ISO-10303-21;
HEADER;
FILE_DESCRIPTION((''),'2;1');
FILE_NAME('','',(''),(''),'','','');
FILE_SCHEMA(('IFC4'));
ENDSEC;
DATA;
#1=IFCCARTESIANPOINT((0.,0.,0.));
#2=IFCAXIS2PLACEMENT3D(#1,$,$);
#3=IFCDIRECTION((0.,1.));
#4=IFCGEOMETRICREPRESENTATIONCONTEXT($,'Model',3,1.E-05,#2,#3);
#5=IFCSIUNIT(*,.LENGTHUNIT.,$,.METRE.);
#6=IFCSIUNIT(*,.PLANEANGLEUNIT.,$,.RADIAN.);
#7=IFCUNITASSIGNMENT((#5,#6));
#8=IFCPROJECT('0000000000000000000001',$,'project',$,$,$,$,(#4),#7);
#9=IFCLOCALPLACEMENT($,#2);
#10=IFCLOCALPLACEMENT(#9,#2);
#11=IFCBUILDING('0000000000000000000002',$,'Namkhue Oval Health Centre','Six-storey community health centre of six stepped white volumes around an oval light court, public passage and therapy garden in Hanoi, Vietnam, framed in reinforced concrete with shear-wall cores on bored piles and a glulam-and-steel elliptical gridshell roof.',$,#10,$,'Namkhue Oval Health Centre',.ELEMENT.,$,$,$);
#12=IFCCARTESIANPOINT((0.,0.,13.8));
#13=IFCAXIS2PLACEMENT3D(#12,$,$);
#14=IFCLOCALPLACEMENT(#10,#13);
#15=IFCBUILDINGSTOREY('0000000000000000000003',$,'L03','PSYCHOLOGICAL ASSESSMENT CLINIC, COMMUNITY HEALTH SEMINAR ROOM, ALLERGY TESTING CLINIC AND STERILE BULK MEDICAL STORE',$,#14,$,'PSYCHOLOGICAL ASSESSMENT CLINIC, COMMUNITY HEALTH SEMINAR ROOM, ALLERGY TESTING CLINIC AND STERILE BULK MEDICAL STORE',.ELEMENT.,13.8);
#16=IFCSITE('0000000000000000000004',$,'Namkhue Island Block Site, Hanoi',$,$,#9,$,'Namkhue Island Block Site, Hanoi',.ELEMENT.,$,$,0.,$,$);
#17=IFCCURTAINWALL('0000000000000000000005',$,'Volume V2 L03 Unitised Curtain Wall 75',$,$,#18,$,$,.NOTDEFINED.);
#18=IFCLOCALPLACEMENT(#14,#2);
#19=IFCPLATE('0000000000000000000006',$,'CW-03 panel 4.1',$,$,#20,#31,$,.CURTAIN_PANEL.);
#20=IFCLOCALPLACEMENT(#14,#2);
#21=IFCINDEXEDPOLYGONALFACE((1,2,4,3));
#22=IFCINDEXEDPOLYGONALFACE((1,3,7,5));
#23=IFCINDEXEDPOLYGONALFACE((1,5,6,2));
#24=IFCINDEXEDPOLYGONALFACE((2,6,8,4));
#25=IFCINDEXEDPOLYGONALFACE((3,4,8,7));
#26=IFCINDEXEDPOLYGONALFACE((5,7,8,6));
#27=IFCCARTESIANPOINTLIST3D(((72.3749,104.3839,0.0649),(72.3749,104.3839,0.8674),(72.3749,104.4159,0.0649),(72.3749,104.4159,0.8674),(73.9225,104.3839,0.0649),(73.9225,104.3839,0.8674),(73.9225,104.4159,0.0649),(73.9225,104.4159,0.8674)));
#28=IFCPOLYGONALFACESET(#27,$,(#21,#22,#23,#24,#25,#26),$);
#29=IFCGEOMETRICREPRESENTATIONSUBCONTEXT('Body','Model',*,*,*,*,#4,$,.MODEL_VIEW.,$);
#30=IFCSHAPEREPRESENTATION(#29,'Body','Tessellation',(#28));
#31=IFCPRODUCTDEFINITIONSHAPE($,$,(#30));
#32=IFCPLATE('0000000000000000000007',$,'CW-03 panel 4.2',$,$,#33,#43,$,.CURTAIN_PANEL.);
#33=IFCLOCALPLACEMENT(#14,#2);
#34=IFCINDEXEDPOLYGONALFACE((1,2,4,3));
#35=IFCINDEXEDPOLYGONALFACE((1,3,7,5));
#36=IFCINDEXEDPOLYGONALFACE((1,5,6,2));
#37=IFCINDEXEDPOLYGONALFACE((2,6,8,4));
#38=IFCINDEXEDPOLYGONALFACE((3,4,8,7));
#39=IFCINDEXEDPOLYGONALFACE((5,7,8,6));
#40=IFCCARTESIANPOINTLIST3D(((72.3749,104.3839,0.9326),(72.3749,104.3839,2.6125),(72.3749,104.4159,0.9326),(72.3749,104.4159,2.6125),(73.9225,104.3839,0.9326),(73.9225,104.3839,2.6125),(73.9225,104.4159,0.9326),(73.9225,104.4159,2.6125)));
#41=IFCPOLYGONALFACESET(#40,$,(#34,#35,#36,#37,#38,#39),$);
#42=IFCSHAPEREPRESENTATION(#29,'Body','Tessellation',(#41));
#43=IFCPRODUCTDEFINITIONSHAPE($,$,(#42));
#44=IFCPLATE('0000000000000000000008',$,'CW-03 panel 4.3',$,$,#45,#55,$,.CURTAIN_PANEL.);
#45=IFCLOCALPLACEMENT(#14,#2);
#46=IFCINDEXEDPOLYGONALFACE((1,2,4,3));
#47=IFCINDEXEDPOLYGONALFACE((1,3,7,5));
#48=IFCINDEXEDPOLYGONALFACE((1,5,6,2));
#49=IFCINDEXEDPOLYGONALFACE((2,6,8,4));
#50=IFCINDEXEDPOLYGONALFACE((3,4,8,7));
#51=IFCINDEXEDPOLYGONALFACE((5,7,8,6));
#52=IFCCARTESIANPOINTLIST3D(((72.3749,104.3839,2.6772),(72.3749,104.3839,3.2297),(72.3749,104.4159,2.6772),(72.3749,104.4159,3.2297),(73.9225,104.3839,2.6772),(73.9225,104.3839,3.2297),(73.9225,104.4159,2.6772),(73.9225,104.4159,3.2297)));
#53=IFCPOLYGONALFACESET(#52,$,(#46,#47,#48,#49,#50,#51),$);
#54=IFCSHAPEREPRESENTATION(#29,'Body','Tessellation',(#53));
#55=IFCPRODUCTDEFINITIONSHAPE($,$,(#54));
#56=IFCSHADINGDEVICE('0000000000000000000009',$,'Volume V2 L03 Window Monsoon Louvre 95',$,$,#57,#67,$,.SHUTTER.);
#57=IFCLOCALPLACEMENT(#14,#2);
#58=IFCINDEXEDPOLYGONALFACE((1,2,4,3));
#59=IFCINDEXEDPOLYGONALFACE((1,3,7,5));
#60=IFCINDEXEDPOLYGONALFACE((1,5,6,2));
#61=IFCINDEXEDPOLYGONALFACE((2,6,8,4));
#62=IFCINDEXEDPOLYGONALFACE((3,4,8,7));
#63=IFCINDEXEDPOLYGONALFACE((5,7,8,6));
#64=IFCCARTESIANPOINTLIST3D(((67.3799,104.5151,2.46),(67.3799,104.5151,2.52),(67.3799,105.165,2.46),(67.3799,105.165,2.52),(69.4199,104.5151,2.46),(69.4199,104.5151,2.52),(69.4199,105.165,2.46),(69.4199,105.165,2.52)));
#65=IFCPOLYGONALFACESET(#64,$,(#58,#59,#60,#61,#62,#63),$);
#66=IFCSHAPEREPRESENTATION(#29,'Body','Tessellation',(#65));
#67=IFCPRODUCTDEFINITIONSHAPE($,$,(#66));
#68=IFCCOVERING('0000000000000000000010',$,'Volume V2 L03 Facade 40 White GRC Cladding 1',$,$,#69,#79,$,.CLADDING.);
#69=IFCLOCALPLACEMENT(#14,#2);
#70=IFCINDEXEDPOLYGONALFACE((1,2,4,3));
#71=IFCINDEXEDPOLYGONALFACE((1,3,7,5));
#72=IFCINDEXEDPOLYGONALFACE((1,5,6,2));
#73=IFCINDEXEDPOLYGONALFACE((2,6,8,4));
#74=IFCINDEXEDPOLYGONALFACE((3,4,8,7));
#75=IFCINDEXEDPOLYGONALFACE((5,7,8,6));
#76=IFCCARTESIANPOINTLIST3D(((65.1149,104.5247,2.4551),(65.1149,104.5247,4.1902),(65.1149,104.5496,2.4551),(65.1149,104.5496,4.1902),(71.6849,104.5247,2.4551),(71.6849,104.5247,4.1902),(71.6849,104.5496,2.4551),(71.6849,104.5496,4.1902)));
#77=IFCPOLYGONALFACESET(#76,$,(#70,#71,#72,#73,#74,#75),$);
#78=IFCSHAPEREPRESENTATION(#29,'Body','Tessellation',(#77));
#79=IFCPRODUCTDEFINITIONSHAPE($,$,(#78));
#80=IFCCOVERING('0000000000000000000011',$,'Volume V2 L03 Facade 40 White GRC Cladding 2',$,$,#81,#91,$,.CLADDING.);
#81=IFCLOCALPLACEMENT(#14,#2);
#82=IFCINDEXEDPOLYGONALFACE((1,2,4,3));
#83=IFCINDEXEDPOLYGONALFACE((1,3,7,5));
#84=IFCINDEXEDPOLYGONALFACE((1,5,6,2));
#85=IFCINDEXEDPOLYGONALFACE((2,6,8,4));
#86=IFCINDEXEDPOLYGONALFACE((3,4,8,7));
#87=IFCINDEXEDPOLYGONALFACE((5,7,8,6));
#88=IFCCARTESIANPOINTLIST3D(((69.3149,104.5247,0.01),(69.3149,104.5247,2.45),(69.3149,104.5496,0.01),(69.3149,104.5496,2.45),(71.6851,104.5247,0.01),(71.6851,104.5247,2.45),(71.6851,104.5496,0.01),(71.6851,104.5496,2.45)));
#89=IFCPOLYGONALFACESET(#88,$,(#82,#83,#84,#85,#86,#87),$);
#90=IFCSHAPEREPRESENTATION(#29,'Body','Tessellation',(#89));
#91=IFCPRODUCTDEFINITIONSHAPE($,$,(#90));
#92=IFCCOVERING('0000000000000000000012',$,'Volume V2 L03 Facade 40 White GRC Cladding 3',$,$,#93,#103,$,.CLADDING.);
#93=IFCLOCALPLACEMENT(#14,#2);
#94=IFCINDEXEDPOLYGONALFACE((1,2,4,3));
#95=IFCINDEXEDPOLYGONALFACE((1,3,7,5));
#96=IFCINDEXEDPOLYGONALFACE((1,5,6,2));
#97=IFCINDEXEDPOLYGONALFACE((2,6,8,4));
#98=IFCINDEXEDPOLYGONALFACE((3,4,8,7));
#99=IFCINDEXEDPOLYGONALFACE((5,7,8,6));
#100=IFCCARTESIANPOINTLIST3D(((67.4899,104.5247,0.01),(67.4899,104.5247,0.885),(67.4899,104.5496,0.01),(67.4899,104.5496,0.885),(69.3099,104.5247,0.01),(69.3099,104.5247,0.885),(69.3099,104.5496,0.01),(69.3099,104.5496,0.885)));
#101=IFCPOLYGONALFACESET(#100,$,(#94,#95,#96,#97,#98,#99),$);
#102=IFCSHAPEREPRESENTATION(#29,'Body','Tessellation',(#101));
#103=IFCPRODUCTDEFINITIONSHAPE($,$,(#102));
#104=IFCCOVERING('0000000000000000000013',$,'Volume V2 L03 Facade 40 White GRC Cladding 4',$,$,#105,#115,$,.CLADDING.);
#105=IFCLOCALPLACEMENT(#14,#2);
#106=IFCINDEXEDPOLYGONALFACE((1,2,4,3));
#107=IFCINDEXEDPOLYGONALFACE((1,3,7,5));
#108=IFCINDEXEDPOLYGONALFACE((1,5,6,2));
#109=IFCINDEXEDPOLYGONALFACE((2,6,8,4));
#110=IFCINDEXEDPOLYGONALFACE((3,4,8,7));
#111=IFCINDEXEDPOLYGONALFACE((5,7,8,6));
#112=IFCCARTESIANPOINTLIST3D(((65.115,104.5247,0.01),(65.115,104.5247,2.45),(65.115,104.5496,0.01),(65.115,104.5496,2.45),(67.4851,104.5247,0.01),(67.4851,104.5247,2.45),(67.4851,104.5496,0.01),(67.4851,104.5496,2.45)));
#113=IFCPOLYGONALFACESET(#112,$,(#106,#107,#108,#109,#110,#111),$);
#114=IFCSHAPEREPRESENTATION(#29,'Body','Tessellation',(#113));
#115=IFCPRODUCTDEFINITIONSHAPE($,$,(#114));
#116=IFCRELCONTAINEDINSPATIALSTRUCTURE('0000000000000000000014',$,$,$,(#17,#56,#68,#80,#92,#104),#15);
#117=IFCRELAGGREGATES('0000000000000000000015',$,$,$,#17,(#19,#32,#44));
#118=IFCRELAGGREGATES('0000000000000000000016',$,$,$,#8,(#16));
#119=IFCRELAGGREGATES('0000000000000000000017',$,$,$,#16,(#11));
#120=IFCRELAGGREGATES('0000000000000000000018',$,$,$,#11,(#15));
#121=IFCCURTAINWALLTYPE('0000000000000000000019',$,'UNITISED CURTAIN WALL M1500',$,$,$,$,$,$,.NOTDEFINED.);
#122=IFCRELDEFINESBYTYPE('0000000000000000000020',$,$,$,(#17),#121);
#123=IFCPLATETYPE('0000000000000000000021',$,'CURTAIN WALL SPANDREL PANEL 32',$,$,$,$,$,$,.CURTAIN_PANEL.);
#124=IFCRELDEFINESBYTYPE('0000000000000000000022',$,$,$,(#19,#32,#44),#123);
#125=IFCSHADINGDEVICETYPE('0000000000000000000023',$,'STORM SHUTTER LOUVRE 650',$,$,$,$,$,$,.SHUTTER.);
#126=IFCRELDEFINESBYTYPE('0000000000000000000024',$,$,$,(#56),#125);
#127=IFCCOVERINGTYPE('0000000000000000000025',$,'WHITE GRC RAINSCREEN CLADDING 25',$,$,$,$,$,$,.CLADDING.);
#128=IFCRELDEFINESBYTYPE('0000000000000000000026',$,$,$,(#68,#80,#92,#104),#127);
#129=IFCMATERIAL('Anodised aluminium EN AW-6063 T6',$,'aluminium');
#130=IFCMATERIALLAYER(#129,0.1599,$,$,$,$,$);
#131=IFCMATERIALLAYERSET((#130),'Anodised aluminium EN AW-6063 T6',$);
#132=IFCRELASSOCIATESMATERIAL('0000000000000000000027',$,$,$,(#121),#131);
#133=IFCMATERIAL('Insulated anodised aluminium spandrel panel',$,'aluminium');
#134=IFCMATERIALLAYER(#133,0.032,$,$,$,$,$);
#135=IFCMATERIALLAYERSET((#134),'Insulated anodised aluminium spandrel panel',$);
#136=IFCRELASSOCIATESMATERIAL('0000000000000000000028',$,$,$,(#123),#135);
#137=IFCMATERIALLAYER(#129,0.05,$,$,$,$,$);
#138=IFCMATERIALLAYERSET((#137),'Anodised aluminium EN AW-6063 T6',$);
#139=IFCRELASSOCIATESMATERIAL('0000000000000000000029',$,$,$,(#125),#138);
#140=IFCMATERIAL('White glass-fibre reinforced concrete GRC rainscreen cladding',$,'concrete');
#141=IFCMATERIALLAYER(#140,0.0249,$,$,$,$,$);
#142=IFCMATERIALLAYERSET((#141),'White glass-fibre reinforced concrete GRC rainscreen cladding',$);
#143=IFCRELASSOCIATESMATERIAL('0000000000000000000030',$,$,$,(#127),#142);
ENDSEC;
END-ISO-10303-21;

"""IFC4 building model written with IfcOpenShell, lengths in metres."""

from ifc_helpers import new_model, si_unit, direction, frame, origin, origin_2d, place, context, subcontext, project, spatial, rectangle, extrude, material, layer, layer_set, type_object, element, aggregate, save


model = new_model("IFC4")

# Units and contexts
model_context = context("Model", 3, precision=1e-05, world=origin(), true_north=direction((0.0, 1.0)))
body_context = subcontext(model_context, "Body", "Model", "MODEL_VIEW")
ifc_project = project(units=[si_unit("LENGTHUNIT", "METRE"), si_unit("PLANEANGLEUNIT", "RADIAN")], contexts=[model_context])

# Site, building, storey
site_placement = place(None, origin())
site = spatial("IfcSite", under=ifc_project, at=site_placement, Name="Namkhue Island Block Site, Hanoi", LongName="Namkhue Island Block Site, Hanoi", CompositionType="ELEMENT", RefElevation=0.0)
building_placement = place(site_placement, origin())
building = spatial("IfcBuilding", under=site, at=building_placement, Name="Namkhue Oval Health Centre", Description="Six-storey community health centre of six stepped white volumes around an oval light court, public passage and therapy garden in Hanoi, Vietnam, framed in reinforced concrete with shear-wall cores on bored piles and a glulam-and-steel elliptical gridshell roof.", LongName="Namkhue Oval Health Centre", CompositionType="ELEMENT")
storey_placement = place(building_placement, frame((0.0, 0.0, 13.8)))
storey = spatial("IfcBuildingStorey", under=building, at=storey_placement, Name="L03", Description="PSYCHOLOGICAL ASSESSMENT CLINIC, COMMUNITY HEALTH SEMINAR ROOM, ALLERGY TESTING CLINIC AND STERILE BULK MEDICAL STORE", LongName="PSYCHOLOGICAL ASSESSMENT CLINIC, COMMUNITY HEALTH SEMINAR ROOM, ALLERGY TESTING CLINIC AND STERILE BULK MEDICAL STORE", CompositionType="ELEMENT", Elevation=13.8)

# Curtain wall, plates
ifc_material_1 = material(Name="Anodised aluminium EN AW-6063 T6", Category="aluminium")
ifc_layer_1 = layer(ifc_material_1, 0.1599)
ifc_layer_set_1 = layer_set([ifc_layer_1], Name="Anodised aluminium EN AW-6063 T6")
curtain_wall_type = type_object("IfcCurtainWallType", Name="UNITISED CURTAIN WALL M1500", PredefinedType="NOTDEFINED", material=ifc_layer_set_1)
curtain_wall_placement = place(storey_placement, origin())
curtain_wall = element("IfcCurtainWall", 1, at=curtain_wall_placement, inside=storey, type_object=curtain_wall_type, Name="Volume V2 L03 Unitised Curtain Wall 75", PredefinedType="NOTDEFINED")
ifc_material_2 = material(Name="Insulated anodised aluminium spandrel panel", Category="aluminium")
ifc_layer_2 = layer(ifc_material_2, 0.032)
ifc_layer_set_2 = layer_set([ifc_layer_2], Name="Insulated anodised aluminium spandrel panel")
plate_type = type_object("IfcPlateType", Name="CURTAIN WALL SPANDREL PANEL 32", PredefinedType="CURTAIN_PANEL", material=ifc_layer_set_2)
plate_1_placement = place(storey_placement, frame((73.1487, 104.3999, 0.0649), z_axis=(0.0, 0.0, 1.0), x_axis=(-1.0, 0.0, 0.0)))
plate_1 = element("IfcPlate", 2, at=plate_1_placement, type_object=plate_type, Name="CW-03 panel 4.1", PredefinedType="CURTAIN_PANEL", context=body_context, shape_type="SweptSolid", body=[
    extrude(rectangle(XDim=1.5476, YDim=0.032, at=origin_2d()), origin(), (0.0, 0.0, 1.0), 0.8025),
])
plate_2_placement = place(storey_placement, frame((73.1487, 104.3999, 0.9326), z_axis=(0.0, 0.0, 1.0), x_axis=(-1.0, 0.0, 0.0)))
plate_2 = element("IfcPlate", 3, at=plate_2_placement, type_object=plate_type, Name="CW-03 panel 4.2", PredefinedType="CURTAIN_PANEL", context=body_context, shape_type="SweptSolid", body=[
    extrude(rectangle(XDim=1.5476, YDim=0.032, at=origin_2d()), origin(), (0.0, 0.0, 1.0), 1.6799),
])
plate_3_placement = place(storey_placement, frame((73.1487, 104.3999, 2.6772), z_axis=(0.0, 0.0, 1.0), x_axis=(-1.0, 0.0, 0.0)))
plate_3 = element("IfcPlate", 4, at=plate_3_placement, type_object=plate_type, Name="CW-03 panel 4.3", PredefinedType="CURTAIN_PANEL", context=body_context, shape_type="SweptSolid", body=[
    extrude(rectangle(XDim=1.5476, YDim=0.032, at=origin_2d()), origin(), (0.0, 0.0, 1.0), 0.5525),
])
aggregate(curtain_wall, [plate_1, plate_2, plate_3])

# Shading device
ifc_layer_3 = layer(ifc_material_1, 0.05)
ifc_layer_set_3 = layer_set([ifc_layer_3], Name="Anodised aluminium EN AW-6063 T6")
shading_device_type = type_object("IfcShadingDeviceType", Name="STORM SHUTTER LOUVRE 650", PredefinedType="SHUTTER", material=ifc_layer_set_3)
shading_device_placement = place(storey_placement, frame((68.3999, 104.8401, 2.46), z_axis=(0.0, 0.0, 1.0), x_axis=(-1.0, 0.0, 0.0)))
element("IfcShadingDevice", 5, at=shading_device_placement, inside=storey, type_object=shading_device_type, Name="Volume V2 L03 Window Monsoon Louvre 95", PredefinedType="SHUTTER", context=body_context, shape_type="SweptSolid", body=[
    extrude(rectangle(XDim=2.04, YDim=0.6499, at=origin_2d()), origin(), (0.0, 0.0, 1.0), 0.0601),
])

# Coverings
ifc_material_3 = material(Name="White glass-fibre reinforced concrete GRC rainscreen cladding", Category="concrete")
ifc_layer_4 = layer(ifc_material_3, 0.0249)
ifc_layer_set_4 = layer_set([ifc_layer_4], Name="White glass-fibre reinforced concrete GRC rainscreen cladding")
covering_type = type_object("IfcCoveringType", Name="WHITE GRC RAINSCREEN CLADDING 25", PredefinedType="CLADDING", material=ifc_layer_set_4)
covering_1_placement = place(storey_placement, frame((68.3999, 104.5371, 2.4551), z_axis=(0.0, 0.0, 1.0), x_axis=(-1.0, 0.0, 0.0)))
element("IfcCovering", 6, at=covering_1_placement, inside=storey, type_object=covering_type, Name="Volume V2 L03 Facade 40 White GRC Cladding 1", PredefinedType="CLADDING", context=body_context, shape_type="SweptSolid", body=[
    extrude(rectangle(XDim=6.5701, YDim=0.0249, at=origin_2d()), origin(), (0.0, 0.0, 1.0), 1.7351),
])
covering_2_placement = place(storey_placement, frame((70.5, 104.5371, 0.01), z_axis=(0.0, 0.0, 1.0), x_axis=(-1.0, 0.0, 0.0)))
element("IfcCovering", 7, at=covering_2_placement, inside=storey, type_object=covering_type, Name="Volume V2 L03 Facade 40 White GRC Cladding 2", PredefinedType="CLADDING", context=body_context, shape_type="SweptSolid", body=[
    extrude(rectangle(XDim=2.3701, YDim=0.0249, at=origin_2d()), origin(), (0.0, 0.0, 1.0), 2.4399),
])
covering_3_placement = place(storey_placement, frame((68.3999, 104.5371, 0.01), z_axis=(0.0, 0.0, 1.0), x_axis=(-1.0, 0.0, 0.0)))
element("IfcCovering", 8, at=covering_3_placement, inside=storey, type_object=covering_type, Name="Volume V2 L03 Facade 40 White GRC Cladding 3", PredefinedType="CLADDING", context=body_context, shape_type="SweptSolid", body=[
    extrude(rectangle(XDim=1.8201, YDim=0.0249, at=origin_2d()), origin(), (0.0, 0.0, 1.0), 0.875),
])
covering_4_placement = place(storey_placement, frame((66.3, 104.5371, 0.01), z_axis=(0.0, 0.0, 1.0), x_axis=(-1.0, 0.0, 0.0)))
element("IfcCovering", 9, at=covering_4_placement, inside=storey, type_object=covering_type, Name="Volume V2 L03 Facade 40 White GRC Cladding 4", PredefinedType="CLADDING", context=body_context, shape_type="SweptSolid", body=[
    extrude(rectangle(XDim=2.3701, YDim=0.0249, at=origin_2d()), origin(), (0.0, 0.0, 1.0), 2.4399),
])

save(model, "model.ifc")
